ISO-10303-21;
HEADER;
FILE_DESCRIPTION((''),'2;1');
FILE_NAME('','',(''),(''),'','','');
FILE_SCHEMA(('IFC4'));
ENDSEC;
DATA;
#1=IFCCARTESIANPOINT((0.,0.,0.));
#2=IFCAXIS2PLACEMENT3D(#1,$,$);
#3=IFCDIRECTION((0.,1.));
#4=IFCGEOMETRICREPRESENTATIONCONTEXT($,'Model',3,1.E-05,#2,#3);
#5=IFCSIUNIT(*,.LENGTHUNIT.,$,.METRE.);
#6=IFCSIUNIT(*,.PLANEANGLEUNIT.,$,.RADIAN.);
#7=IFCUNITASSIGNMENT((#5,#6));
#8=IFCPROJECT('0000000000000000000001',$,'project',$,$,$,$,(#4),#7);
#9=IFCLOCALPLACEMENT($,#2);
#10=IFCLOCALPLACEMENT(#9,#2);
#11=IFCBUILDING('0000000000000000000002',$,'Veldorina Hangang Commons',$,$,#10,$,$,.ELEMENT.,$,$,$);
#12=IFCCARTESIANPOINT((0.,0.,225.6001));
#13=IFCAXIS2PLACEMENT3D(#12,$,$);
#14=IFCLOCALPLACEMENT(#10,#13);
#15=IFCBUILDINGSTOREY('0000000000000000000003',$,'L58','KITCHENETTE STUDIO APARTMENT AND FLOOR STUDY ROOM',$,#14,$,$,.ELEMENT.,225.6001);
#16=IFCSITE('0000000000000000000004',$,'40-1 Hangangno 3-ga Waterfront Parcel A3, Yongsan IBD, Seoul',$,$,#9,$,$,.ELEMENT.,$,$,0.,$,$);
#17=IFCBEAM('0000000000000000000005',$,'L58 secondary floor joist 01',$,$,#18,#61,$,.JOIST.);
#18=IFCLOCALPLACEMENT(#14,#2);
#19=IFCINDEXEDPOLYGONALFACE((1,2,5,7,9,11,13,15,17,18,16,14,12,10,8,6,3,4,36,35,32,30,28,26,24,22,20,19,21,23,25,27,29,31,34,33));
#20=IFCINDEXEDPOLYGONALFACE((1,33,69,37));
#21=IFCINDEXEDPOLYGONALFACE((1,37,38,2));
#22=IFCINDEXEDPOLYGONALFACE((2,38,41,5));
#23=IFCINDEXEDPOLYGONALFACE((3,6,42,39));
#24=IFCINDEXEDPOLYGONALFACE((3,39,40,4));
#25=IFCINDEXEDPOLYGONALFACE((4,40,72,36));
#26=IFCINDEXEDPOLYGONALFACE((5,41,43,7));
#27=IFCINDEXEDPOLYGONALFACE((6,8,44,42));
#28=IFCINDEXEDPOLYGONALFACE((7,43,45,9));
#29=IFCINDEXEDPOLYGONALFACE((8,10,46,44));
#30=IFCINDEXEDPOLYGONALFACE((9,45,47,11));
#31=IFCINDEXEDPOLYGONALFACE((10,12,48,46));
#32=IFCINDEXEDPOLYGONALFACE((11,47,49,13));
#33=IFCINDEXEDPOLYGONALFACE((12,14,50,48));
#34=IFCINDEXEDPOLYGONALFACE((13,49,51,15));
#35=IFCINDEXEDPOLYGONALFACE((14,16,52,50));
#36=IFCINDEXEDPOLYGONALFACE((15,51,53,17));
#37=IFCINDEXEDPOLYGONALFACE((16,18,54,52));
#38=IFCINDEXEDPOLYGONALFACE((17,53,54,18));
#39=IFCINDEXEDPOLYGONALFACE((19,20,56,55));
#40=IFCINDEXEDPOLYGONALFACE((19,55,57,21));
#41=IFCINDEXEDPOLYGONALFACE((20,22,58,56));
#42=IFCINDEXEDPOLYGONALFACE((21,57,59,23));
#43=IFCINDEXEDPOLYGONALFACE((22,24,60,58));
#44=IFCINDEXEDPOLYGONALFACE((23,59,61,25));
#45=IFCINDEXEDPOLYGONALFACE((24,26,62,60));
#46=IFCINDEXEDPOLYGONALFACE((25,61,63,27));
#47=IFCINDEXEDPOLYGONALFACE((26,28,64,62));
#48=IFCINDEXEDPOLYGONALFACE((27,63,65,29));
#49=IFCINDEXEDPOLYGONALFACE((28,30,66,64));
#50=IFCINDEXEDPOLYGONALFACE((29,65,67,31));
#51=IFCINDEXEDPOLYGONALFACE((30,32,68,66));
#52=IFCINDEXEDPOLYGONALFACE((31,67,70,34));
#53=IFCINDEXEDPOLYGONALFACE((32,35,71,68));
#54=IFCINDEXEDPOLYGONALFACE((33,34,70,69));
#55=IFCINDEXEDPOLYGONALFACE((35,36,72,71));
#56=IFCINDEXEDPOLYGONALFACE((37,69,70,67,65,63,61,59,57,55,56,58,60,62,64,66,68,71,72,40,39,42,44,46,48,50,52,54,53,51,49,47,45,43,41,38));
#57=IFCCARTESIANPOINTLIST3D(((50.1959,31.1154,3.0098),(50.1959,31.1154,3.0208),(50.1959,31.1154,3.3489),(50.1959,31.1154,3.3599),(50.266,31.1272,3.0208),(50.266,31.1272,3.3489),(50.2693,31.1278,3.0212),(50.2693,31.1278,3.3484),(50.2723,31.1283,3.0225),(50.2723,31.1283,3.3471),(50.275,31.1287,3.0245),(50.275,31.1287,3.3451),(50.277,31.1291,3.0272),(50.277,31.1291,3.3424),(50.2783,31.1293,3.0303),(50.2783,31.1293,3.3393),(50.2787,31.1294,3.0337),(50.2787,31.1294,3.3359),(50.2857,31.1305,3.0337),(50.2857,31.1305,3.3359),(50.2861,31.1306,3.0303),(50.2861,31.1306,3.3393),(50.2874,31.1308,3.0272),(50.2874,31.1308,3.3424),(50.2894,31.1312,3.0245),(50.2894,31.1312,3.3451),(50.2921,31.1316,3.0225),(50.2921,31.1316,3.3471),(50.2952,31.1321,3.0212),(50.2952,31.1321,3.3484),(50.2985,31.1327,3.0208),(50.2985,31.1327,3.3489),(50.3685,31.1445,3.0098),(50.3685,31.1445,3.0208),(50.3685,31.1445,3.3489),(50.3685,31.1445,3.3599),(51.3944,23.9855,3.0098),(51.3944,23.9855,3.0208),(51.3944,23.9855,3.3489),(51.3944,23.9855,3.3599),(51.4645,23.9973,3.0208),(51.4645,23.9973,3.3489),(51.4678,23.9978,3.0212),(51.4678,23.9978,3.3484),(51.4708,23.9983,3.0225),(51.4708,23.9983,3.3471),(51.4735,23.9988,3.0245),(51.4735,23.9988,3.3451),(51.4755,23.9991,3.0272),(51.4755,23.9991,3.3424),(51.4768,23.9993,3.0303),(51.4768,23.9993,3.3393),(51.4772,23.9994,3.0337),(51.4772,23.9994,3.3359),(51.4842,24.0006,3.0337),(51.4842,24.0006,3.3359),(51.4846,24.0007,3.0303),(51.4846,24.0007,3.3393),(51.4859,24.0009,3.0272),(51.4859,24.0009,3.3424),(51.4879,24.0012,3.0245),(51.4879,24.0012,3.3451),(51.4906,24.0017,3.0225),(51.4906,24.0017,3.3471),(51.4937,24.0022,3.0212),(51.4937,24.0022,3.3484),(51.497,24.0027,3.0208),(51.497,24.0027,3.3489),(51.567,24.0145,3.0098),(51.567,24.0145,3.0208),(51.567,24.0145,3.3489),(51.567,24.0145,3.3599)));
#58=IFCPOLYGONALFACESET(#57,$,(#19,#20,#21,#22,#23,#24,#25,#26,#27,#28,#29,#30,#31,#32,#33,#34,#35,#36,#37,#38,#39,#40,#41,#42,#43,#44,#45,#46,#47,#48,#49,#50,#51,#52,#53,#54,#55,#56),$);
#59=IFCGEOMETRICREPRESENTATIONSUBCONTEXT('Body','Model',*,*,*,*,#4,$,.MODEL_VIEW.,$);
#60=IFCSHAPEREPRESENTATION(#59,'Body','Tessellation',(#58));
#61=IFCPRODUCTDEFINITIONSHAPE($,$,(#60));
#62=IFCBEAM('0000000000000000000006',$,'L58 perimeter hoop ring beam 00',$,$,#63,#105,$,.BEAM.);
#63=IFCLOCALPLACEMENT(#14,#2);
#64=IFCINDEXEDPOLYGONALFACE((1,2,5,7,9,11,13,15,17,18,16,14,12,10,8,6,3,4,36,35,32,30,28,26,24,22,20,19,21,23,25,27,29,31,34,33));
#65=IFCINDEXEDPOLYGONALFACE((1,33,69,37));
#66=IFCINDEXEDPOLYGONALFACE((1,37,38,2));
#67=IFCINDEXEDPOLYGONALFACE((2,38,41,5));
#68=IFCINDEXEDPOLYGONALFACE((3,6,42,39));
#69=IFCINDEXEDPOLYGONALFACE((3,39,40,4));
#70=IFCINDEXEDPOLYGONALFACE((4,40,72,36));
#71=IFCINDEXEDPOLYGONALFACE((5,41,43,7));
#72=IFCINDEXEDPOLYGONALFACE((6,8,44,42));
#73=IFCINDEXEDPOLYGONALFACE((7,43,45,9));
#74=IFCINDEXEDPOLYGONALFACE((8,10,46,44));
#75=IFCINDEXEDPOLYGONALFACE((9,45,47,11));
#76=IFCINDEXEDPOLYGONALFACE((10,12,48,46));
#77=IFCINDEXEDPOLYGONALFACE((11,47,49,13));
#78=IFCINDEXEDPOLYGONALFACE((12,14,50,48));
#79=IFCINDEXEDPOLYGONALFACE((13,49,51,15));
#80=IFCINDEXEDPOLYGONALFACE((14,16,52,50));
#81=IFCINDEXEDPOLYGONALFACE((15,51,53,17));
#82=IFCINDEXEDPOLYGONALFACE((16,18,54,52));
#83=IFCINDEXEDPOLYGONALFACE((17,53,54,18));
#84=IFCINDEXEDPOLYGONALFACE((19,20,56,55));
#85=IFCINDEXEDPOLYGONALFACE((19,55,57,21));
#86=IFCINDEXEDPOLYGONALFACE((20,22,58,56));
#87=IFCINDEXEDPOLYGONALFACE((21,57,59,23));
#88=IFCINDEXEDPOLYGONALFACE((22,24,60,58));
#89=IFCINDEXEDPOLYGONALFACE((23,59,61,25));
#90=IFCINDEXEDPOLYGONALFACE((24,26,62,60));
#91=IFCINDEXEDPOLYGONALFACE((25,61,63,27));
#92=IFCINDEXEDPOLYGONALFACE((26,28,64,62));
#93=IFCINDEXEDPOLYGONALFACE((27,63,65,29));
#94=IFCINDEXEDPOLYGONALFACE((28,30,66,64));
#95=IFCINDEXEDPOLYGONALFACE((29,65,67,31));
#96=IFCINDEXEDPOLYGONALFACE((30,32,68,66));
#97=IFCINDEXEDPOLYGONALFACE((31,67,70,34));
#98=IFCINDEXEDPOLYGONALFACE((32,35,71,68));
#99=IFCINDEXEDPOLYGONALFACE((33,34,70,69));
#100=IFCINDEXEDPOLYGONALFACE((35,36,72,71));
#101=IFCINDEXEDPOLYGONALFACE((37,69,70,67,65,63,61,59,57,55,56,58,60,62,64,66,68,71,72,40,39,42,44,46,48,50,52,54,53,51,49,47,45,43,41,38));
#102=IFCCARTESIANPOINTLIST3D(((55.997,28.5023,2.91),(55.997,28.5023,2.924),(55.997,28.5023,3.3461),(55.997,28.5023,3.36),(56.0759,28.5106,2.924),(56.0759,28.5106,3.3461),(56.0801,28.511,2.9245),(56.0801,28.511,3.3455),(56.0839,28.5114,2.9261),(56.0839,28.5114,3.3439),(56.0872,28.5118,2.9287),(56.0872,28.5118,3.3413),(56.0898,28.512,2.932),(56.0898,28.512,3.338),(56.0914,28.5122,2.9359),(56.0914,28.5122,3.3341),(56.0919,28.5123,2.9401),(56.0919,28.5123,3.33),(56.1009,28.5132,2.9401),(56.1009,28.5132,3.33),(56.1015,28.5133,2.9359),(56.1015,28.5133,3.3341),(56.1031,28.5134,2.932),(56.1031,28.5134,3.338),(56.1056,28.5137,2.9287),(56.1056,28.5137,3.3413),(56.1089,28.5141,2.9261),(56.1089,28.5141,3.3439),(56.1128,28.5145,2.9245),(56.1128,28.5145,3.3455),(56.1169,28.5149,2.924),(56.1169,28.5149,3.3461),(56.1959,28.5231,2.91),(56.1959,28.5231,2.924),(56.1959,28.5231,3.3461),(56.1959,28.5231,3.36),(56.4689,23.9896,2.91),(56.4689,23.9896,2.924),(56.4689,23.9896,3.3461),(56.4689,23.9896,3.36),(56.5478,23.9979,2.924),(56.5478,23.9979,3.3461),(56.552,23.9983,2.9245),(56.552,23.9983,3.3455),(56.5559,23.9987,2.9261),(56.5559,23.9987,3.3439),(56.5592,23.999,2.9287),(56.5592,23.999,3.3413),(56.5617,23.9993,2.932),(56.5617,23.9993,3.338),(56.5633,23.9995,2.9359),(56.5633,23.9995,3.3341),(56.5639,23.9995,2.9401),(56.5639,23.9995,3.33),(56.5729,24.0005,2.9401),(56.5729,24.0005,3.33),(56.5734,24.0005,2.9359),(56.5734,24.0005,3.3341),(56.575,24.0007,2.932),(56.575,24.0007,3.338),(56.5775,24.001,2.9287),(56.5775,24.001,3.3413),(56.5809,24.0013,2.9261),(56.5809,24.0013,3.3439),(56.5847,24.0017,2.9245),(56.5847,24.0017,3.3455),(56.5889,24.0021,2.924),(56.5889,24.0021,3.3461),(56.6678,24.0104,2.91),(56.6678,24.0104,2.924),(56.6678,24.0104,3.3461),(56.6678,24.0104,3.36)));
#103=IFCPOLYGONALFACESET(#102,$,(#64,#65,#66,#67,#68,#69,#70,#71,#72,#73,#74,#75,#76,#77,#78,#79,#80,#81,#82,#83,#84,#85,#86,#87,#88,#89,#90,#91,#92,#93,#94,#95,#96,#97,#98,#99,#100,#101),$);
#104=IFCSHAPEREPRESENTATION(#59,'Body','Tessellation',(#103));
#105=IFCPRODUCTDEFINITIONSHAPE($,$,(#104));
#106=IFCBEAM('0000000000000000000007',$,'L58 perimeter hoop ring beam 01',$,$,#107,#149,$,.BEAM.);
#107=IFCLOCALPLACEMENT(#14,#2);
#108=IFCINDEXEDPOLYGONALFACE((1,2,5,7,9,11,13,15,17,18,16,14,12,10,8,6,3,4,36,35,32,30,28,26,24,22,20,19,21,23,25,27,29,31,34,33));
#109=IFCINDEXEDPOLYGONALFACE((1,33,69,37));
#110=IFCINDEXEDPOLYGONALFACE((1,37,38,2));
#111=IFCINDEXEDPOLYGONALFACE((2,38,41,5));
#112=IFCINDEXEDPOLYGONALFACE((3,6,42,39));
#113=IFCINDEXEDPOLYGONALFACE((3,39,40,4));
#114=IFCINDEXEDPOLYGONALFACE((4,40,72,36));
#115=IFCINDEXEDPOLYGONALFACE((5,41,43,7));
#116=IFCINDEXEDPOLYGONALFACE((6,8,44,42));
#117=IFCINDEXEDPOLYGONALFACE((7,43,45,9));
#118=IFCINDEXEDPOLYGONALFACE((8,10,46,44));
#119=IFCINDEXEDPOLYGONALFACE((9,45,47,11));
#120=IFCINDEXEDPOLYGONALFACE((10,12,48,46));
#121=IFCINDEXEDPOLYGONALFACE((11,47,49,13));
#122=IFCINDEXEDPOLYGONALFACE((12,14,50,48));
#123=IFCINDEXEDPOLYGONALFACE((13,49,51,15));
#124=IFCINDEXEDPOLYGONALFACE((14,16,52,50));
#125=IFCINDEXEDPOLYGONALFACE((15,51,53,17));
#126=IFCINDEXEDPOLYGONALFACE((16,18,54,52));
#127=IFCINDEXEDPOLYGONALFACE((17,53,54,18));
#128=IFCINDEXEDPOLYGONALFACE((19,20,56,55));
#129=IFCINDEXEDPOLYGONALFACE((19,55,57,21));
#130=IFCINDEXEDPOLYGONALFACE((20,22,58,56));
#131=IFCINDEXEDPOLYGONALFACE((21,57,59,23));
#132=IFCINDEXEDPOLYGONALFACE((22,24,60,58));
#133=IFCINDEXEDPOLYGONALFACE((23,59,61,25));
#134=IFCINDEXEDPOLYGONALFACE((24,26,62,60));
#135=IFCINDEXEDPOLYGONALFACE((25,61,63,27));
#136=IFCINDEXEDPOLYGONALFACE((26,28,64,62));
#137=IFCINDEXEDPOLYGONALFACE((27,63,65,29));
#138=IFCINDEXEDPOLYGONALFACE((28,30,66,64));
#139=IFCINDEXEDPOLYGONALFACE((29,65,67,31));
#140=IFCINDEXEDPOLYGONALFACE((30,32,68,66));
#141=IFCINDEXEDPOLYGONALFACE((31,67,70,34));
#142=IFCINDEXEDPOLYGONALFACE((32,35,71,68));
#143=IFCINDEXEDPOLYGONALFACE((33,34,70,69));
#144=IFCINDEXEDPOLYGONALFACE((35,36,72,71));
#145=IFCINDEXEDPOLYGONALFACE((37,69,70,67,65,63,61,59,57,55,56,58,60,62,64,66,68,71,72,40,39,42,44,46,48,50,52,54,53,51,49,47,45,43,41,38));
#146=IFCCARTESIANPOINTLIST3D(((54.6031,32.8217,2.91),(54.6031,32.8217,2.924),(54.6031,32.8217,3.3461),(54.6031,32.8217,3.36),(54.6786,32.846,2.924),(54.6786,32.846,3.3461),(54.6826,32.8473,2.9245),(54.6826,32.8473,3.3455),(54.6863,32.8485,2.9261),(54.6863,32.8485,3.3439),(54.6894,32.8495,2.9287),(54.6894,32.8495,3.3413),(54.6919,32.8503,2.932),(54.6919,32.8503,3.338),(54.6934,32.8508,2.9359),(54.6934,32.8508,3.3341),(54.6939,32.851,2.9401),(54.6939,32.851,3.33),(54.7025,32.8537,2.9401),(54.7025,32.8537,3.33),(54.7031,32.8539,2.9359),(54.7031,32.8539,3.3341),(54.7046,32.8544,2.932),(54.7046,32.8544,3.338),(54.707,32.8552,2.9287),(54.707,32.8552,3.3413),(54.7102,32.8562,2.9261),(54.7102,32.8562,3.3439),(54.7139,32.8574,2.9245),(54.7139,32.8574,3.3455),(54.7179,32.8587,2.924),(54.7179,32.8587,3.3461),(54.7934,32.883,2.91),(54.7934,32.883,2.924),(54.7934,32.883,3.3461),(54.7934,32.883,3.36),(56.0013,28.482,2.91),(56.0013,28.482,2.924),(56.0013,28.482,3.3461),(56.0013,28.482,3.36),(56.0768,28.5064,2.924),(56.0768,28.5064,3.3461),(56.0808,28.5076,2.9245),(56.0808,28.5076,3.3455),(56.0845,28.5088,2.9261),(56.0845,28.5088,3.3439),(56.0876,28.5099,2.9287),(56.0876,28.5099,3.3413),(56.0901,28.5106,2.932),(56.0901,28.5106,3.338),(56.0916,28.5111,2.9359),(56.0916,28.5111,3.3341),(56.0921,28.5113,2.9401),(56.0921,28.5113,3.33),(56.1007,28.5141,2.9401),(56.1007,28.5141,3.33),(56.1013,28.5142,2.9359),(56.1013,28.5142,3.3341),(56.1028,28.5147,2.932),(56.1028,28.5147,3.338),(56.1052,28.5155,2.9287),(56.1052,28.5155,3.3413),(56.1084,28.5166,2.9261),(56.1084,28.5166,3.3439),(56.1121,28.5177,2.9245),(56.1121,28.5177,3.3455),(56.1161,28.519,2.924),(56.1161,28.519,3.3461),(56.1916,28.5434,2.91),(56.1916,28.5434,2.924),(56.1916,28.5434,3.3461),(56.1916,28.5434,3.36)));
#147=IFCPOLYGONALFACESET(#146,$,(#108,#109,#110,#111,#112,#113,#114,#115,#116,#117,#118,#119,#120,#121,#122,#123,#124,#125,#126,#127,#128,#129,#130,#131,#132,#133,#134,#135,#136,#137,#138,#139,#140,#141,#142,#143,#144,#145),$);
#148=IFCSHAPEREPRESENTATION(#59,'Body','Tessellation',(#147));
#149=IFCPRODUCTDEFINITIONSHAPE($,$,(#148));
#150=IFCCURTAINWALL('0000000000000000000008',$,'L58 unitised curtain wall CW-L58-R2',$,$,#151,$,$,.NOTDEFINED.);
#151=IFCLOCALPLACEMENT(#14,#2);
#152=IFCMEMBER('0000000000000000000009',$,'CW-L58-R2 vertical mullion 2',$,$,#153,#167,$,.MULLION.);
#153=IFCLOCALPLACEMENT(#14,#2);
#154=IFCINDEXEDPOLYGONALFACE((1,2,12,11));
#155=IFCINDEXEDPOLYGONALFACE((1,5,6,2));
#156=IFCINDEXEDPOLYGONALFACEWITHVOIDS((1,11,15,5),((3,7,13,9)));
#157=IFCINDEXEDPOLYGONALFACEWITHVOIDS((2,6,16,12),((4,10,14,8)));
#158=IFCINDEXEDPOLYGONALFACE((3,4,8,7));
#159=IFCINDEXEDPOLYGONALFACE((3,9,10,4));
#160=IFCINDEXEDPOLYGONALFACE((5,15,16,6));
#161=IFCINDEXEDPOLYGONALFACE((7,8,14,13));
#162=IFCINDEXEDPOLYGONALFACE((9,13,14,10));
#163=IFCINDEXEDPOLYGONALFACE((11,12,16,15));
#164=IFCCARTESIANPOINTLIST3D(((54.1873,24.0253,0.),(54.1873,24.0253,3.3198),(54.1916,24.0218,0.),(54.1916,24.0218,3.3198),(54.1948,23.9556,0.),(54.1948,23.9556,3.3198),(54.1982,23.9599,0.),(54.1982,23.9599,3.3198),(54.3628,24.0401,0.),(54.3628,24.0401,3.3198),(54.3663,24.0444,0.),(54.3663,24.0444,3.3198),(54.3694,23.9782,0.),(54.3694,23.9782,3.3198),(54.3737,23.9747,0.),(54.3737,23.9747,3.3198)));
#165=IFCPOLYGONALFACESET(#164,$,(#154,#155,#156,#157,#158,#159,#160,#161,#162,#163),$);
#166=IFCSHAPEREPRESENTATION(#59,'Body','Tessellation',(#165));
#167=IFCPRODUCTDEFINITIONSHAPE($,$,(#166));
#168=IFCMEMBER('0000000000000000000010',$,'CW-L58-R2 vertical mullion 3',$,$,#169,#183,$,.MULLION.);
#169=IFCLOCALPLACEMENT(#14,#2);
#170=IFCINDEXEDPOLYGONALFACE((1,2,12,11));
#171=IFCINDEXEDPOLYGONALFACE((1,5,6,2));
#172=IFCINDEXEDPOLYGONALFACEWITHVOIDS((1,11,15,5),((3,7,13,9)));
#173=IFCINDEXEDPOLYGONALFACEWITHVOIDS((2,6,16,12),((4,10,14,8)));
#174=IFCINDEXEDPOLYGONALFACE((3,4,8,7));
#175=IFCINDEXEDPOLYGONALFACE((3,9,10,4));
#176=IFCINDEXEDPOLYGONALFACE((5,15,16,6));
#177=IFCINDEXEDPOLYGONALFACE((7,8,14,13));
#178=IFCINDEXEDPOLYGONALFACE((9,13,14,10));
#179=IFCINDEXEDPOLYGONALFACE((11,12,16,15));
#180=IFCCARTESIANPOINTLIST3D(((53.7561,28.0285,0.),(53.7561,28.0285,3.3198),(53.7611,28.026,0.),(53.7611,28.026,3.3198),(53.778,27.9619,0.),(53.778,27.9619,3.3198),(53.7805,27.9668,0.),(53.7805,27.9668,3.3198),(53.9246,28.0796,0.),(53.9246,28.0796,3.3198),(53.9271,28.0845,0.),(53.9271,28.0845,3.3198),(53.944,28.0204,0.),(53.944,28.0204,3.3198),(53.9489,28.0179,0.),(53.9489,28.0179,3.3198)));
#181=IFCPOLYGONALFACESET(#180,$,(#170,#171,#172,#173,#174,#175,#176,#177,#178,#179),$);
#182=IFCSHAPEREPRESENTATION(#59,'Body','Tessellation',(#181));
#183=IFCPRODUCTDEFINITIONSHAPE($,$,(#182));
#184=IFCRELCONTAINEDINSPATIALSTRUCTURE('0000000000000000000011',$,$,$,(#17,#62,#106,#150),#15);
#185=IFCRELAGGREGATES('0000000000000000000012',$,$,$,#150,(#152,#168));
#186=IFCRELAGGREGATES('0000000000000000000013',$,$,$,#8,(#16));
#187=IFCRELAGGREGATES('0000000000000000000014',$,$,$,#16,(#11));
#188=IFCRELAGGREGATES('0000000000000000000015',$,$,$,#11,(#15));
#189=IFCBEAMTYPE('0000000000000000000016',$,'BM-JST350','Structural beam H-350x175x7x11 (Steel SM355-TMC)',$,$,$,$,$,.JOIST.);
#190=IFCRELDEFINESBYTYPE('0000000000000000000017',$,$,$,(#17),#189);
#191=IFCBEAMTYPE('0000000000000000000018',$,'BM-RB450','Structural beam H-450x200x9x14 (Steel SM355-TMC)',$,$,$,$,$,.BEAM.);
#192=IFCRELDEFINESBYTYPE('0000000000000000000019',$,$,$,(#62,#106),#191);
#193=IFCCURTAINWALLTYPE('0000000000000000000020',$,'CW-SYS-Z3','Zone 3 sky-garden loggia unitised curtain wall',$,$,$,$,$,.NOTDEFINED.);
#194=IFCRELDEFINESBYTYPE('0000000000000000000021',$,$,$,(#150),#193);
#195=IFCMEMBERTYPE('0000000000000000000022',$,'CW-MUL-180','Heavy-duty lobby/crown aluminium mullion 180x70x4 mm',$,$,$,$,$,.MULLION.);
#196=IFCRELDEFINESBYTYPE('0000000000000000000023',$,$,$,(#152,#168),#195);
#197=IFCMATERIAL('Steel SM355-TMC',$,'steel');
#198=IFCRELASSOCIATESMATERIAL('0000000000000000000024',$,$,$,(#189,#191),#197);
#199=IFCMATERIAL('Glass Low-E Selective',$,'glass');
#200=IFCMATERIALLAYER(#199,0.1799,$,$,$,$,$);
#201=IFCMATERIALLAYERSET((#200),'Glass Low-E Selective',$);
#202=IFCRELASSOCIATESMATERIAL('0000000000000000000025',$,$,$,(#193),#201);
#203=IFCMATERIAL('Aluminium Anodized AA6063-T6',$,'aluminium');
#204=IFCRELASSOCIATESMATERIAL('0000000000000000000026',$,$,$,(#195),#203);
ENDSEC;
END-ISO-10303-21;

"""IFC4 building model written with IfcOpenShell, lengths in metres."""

from ifc_helpers import new_model, si_unit, direction, frame, origin, origin_2d, place, context, subcontext, project, spatial, hollow_rectangle, i_section, extrude, material, layer, layer_set, material_profile, profile_set, type_object, element, aggregate, save


model = new_model("IFC4")

# Units and contexts
model_context = context("Model", 3, precision=1e-05, world=origin(), true_north=direction((0.0, 1.0)))
body_context = subcontext(model_context, "Body", "Model", "MODEL_VIEW")
ifc_project = project(units=[si_unit("LENGTHUNIT", "METRE"), si_unit("PLANEANGLEUNIT", "RADIAN")], contexts=[model_context])

# Site, building, storey
site_placement = place(None, origin())
site = spatial("IfcSite", under=ifc_project, at=site_placement, Name="40-1 Hangangno 3-ga Waterfront Parcel A3, Yongsan IBD, Seoul", CompositionType="ELEMENT", RefElevation=0.0)
building_placement = place(site_placement, origin())
building = spatial("IfcBuilding", under=site, at=building_placement, Name="Veldorina Hangang Commons", CompositionType="ELEMENT")
storey_placement = place(building_placement, frame((0.0, 0.0, 225.6001)))
storey = spatial("IfcBuildingStorey", under=building, at=storey_placement, Name="L58", Description="KITCHENETTE STUDIO APARTMENT AND FLOOR STUDY ROOM", CompositionType="ELEMENT", Elevation=225.6001)

# Beams
ifc_material_1 = material(Name="Steel SM355-TMC", Category="steel")
ifc_material_profile_1 = material_profile(ifc_material_1, i_section(OverallWidth=0.175, OverallDepth=0.3501, WebThickness=0.0071, FlangeThickness=0.011, FilletRadius=0.0129, at=origin_2d()), Name="H-350x175x7x11")
ifc_profile_set_1 = profile_set([ifc_material_profile_1], Name="Steel SM355-TMC")
beam_type_1 = type_object("IfcBeamType", Name="BM-JST350", Description="Structural beam H-350x175x7x11 (Steel SM355-TMC)", PredefinedType="JOIST", material=ifc_profile_set_1)
beam_1_placement = place(storey_placement, frame((51.4807, 24.0, 3.1848), z_axis=(-0.165768, 0.986165, 0.0), x_axis=(-0.986165, -0.165768, 0.0)))
element("IfcBeam", 1, at=beam_1_placement, inside=storey, type_object=beam_type_1, Name="L58 secondary floor joist 01", PredefinedType="JOIST", context=body_context, shape_type="SweptSolid", body=[
    extrude(i_section(OverallWidth=0.175, OverallDepth=0.3501, WebThickness=0.0071, FlangeThickness=0.011, FilletRadius=0.0129, at=origin_2d()), origin(), (0.0, 0.0, 1.0), 7.23),
])
ifc_material_profile_2 = material_profile(ifc_material_1, i_section(OverallWidth=0.2, OverallDepth=0.45, WebThickness=0.009, FlangeThickness=0.0139, FilletRadius=0.0161, at=origin_2d()), Name="H-450x200x9x14")
ifc_profile_set_2 = profile_set([ifc_material_profile_2], Name="Steel SM355-TMC")
beam_type_2 = type_object("IfcBeamType", Name="BM-RB450", Description="Structural beam H-450x200x9x14 (Steel SM355-TMC)", PredefinedType="BEAM", material=ifc_profile_set_2)
beam_2_placement = place(storey_placement, frame((56.5684, 24.0, 3.135), z_axis=(-0.10401, 0.994576, 0.0), x_axis=(-0.994576, -0.10401, 0.0)))
element("IfcBeam", 2, at=beam_2_placement, inside=storey, type_object=beam_type_2, Name="L58 perimeter hoop ring beam 00", PredefinedType="BEAM", context=body_context, shape_type="SweptSolid", body=[
    extrude(i_section(OverallWidth=0.2, OverallDepth=0.45, WebThickness=0.009, FlangeThickness=0.0139, FilletRadius=0.0161, at=origin_2d()), origin(), (0.0, 0.0, 1.0), 4.5374),
])
beam_3_placement = place(storey_placement, frame((56.0964, 28.5127, 3.135), z_axis=(-0.30667, 0.951816, 0.0), x_axis=(-0.951816, -0.30667, 0.0)))
element("IfcBeam", 3, at=beam_3_placement, inside=storey, type_object=beam_type_2, Name="L58 perimeter hoop ring beam 01", PredefinedType="BEAM", context=body_context, shape_type="SweptSolid", body=[
    extrude(i_section(OverallWidth=0.2, OverallDepth=0.45, WebThickness=0.009, FlangeThickness=0.0139, FilletRadius=0.0161, at=origin_2d()), origin(), (0.0, 0.0, 1.0), 4.5593),
])

# Curtain wall, members
ifc_material_2 = material(Name="Glass Low-E Selective", Category="glass")
ifc_layer_1 = layer(ifc_material_2, 0.1799)
ifc_layer_set_1 = layer_set([ifc_layer_1], Name="Glass Low-E Selective")
curtain_wall_type = type_object("IfcCurtainWallType", Name="CW-SYS-Z3", Description="Zone 3 sky-garden loggia unitised curtain wall", PredefinedType="NOTDEFINED", material=ifc_layer_set_1)
curtain_wall_placement = place(storey_placement, origin())
curtain_wall = element("IfcCurtainWall", 4, at=curtain_wall_placement, inside=storey, type_object=curtain_wall_type, Name="L58 unitised curtain wall CW-L58-R2", PredefinedType="NOTDEFINED")
ifc_material_3 = material(Name="Aluminium Anodized AA6063-T6", Category="aluminium")
ifc_material_profile_3 = material_profile(ifc_material_3, hollow_rectangle(XDim=0.0701, YDim=0.1799, WallThickness=0.0039, at=origin_2d()), Name="ALU-RHS-180x70x4")
ifc_profile_set_3 = profile_set([ifc_material_profile_3], Name="Aluminium Anodized AA6063-T6")
member_type_1 = type_object("IfcMemberType", Name="CW-MUL-180", Description="Heavy-duty lobby/crown aluminium mullion 180x70x4 mm", PredefinedType="MULLION", material=ifc_profile_set_3)
member_1_placement = place(storey_placement, frame((54.2805, 24.0, 0.0), z_axis=(0.0, 0.0, 1.0), x_axis=(-0.105813, 0.994386, 0.0)))
member_1 = element("IfcMember", 5, at=member_1_placement, type_object=member_type_1, Name="CW-L58-R2 vertical mullion 2", PredefinedType="MULLION", context=body_context, shape_type="SweptSolid", body=[
    extrude(hollow_rectangle(XDim=0.0701, YDim=0.1799, WallThickness=0.0039, at=origin_2d()), origin(), (0.0, 0.0, 1.0), 3.3198),
])
member_2_placement = place(storey_placement, frame((53.8525, 28.0232, 0.0), z_axis=(0.0, 0.0, 1.0), x_axis=(-0.311439, 0.950266, 0.0)))
member_2 = element("IfcMember", 6, at=member_2_placement, type_object=member_type_1, Name="CW-L58-R2 vertical mullion 3", PredefinedType="MULLION", context=body_context, shape_type="SweptSolid", body=[
    extrude(hollow_rectangle(XDim=0.0701, YDim=0.1799, WallThickness=0.0039, at=origin_2d()), origin(), (0.0, 0.0, 1.0), 3.3198),
])

aggregate(curtain_wall, [member_1, member_2])

save(model, "model.ifc")
